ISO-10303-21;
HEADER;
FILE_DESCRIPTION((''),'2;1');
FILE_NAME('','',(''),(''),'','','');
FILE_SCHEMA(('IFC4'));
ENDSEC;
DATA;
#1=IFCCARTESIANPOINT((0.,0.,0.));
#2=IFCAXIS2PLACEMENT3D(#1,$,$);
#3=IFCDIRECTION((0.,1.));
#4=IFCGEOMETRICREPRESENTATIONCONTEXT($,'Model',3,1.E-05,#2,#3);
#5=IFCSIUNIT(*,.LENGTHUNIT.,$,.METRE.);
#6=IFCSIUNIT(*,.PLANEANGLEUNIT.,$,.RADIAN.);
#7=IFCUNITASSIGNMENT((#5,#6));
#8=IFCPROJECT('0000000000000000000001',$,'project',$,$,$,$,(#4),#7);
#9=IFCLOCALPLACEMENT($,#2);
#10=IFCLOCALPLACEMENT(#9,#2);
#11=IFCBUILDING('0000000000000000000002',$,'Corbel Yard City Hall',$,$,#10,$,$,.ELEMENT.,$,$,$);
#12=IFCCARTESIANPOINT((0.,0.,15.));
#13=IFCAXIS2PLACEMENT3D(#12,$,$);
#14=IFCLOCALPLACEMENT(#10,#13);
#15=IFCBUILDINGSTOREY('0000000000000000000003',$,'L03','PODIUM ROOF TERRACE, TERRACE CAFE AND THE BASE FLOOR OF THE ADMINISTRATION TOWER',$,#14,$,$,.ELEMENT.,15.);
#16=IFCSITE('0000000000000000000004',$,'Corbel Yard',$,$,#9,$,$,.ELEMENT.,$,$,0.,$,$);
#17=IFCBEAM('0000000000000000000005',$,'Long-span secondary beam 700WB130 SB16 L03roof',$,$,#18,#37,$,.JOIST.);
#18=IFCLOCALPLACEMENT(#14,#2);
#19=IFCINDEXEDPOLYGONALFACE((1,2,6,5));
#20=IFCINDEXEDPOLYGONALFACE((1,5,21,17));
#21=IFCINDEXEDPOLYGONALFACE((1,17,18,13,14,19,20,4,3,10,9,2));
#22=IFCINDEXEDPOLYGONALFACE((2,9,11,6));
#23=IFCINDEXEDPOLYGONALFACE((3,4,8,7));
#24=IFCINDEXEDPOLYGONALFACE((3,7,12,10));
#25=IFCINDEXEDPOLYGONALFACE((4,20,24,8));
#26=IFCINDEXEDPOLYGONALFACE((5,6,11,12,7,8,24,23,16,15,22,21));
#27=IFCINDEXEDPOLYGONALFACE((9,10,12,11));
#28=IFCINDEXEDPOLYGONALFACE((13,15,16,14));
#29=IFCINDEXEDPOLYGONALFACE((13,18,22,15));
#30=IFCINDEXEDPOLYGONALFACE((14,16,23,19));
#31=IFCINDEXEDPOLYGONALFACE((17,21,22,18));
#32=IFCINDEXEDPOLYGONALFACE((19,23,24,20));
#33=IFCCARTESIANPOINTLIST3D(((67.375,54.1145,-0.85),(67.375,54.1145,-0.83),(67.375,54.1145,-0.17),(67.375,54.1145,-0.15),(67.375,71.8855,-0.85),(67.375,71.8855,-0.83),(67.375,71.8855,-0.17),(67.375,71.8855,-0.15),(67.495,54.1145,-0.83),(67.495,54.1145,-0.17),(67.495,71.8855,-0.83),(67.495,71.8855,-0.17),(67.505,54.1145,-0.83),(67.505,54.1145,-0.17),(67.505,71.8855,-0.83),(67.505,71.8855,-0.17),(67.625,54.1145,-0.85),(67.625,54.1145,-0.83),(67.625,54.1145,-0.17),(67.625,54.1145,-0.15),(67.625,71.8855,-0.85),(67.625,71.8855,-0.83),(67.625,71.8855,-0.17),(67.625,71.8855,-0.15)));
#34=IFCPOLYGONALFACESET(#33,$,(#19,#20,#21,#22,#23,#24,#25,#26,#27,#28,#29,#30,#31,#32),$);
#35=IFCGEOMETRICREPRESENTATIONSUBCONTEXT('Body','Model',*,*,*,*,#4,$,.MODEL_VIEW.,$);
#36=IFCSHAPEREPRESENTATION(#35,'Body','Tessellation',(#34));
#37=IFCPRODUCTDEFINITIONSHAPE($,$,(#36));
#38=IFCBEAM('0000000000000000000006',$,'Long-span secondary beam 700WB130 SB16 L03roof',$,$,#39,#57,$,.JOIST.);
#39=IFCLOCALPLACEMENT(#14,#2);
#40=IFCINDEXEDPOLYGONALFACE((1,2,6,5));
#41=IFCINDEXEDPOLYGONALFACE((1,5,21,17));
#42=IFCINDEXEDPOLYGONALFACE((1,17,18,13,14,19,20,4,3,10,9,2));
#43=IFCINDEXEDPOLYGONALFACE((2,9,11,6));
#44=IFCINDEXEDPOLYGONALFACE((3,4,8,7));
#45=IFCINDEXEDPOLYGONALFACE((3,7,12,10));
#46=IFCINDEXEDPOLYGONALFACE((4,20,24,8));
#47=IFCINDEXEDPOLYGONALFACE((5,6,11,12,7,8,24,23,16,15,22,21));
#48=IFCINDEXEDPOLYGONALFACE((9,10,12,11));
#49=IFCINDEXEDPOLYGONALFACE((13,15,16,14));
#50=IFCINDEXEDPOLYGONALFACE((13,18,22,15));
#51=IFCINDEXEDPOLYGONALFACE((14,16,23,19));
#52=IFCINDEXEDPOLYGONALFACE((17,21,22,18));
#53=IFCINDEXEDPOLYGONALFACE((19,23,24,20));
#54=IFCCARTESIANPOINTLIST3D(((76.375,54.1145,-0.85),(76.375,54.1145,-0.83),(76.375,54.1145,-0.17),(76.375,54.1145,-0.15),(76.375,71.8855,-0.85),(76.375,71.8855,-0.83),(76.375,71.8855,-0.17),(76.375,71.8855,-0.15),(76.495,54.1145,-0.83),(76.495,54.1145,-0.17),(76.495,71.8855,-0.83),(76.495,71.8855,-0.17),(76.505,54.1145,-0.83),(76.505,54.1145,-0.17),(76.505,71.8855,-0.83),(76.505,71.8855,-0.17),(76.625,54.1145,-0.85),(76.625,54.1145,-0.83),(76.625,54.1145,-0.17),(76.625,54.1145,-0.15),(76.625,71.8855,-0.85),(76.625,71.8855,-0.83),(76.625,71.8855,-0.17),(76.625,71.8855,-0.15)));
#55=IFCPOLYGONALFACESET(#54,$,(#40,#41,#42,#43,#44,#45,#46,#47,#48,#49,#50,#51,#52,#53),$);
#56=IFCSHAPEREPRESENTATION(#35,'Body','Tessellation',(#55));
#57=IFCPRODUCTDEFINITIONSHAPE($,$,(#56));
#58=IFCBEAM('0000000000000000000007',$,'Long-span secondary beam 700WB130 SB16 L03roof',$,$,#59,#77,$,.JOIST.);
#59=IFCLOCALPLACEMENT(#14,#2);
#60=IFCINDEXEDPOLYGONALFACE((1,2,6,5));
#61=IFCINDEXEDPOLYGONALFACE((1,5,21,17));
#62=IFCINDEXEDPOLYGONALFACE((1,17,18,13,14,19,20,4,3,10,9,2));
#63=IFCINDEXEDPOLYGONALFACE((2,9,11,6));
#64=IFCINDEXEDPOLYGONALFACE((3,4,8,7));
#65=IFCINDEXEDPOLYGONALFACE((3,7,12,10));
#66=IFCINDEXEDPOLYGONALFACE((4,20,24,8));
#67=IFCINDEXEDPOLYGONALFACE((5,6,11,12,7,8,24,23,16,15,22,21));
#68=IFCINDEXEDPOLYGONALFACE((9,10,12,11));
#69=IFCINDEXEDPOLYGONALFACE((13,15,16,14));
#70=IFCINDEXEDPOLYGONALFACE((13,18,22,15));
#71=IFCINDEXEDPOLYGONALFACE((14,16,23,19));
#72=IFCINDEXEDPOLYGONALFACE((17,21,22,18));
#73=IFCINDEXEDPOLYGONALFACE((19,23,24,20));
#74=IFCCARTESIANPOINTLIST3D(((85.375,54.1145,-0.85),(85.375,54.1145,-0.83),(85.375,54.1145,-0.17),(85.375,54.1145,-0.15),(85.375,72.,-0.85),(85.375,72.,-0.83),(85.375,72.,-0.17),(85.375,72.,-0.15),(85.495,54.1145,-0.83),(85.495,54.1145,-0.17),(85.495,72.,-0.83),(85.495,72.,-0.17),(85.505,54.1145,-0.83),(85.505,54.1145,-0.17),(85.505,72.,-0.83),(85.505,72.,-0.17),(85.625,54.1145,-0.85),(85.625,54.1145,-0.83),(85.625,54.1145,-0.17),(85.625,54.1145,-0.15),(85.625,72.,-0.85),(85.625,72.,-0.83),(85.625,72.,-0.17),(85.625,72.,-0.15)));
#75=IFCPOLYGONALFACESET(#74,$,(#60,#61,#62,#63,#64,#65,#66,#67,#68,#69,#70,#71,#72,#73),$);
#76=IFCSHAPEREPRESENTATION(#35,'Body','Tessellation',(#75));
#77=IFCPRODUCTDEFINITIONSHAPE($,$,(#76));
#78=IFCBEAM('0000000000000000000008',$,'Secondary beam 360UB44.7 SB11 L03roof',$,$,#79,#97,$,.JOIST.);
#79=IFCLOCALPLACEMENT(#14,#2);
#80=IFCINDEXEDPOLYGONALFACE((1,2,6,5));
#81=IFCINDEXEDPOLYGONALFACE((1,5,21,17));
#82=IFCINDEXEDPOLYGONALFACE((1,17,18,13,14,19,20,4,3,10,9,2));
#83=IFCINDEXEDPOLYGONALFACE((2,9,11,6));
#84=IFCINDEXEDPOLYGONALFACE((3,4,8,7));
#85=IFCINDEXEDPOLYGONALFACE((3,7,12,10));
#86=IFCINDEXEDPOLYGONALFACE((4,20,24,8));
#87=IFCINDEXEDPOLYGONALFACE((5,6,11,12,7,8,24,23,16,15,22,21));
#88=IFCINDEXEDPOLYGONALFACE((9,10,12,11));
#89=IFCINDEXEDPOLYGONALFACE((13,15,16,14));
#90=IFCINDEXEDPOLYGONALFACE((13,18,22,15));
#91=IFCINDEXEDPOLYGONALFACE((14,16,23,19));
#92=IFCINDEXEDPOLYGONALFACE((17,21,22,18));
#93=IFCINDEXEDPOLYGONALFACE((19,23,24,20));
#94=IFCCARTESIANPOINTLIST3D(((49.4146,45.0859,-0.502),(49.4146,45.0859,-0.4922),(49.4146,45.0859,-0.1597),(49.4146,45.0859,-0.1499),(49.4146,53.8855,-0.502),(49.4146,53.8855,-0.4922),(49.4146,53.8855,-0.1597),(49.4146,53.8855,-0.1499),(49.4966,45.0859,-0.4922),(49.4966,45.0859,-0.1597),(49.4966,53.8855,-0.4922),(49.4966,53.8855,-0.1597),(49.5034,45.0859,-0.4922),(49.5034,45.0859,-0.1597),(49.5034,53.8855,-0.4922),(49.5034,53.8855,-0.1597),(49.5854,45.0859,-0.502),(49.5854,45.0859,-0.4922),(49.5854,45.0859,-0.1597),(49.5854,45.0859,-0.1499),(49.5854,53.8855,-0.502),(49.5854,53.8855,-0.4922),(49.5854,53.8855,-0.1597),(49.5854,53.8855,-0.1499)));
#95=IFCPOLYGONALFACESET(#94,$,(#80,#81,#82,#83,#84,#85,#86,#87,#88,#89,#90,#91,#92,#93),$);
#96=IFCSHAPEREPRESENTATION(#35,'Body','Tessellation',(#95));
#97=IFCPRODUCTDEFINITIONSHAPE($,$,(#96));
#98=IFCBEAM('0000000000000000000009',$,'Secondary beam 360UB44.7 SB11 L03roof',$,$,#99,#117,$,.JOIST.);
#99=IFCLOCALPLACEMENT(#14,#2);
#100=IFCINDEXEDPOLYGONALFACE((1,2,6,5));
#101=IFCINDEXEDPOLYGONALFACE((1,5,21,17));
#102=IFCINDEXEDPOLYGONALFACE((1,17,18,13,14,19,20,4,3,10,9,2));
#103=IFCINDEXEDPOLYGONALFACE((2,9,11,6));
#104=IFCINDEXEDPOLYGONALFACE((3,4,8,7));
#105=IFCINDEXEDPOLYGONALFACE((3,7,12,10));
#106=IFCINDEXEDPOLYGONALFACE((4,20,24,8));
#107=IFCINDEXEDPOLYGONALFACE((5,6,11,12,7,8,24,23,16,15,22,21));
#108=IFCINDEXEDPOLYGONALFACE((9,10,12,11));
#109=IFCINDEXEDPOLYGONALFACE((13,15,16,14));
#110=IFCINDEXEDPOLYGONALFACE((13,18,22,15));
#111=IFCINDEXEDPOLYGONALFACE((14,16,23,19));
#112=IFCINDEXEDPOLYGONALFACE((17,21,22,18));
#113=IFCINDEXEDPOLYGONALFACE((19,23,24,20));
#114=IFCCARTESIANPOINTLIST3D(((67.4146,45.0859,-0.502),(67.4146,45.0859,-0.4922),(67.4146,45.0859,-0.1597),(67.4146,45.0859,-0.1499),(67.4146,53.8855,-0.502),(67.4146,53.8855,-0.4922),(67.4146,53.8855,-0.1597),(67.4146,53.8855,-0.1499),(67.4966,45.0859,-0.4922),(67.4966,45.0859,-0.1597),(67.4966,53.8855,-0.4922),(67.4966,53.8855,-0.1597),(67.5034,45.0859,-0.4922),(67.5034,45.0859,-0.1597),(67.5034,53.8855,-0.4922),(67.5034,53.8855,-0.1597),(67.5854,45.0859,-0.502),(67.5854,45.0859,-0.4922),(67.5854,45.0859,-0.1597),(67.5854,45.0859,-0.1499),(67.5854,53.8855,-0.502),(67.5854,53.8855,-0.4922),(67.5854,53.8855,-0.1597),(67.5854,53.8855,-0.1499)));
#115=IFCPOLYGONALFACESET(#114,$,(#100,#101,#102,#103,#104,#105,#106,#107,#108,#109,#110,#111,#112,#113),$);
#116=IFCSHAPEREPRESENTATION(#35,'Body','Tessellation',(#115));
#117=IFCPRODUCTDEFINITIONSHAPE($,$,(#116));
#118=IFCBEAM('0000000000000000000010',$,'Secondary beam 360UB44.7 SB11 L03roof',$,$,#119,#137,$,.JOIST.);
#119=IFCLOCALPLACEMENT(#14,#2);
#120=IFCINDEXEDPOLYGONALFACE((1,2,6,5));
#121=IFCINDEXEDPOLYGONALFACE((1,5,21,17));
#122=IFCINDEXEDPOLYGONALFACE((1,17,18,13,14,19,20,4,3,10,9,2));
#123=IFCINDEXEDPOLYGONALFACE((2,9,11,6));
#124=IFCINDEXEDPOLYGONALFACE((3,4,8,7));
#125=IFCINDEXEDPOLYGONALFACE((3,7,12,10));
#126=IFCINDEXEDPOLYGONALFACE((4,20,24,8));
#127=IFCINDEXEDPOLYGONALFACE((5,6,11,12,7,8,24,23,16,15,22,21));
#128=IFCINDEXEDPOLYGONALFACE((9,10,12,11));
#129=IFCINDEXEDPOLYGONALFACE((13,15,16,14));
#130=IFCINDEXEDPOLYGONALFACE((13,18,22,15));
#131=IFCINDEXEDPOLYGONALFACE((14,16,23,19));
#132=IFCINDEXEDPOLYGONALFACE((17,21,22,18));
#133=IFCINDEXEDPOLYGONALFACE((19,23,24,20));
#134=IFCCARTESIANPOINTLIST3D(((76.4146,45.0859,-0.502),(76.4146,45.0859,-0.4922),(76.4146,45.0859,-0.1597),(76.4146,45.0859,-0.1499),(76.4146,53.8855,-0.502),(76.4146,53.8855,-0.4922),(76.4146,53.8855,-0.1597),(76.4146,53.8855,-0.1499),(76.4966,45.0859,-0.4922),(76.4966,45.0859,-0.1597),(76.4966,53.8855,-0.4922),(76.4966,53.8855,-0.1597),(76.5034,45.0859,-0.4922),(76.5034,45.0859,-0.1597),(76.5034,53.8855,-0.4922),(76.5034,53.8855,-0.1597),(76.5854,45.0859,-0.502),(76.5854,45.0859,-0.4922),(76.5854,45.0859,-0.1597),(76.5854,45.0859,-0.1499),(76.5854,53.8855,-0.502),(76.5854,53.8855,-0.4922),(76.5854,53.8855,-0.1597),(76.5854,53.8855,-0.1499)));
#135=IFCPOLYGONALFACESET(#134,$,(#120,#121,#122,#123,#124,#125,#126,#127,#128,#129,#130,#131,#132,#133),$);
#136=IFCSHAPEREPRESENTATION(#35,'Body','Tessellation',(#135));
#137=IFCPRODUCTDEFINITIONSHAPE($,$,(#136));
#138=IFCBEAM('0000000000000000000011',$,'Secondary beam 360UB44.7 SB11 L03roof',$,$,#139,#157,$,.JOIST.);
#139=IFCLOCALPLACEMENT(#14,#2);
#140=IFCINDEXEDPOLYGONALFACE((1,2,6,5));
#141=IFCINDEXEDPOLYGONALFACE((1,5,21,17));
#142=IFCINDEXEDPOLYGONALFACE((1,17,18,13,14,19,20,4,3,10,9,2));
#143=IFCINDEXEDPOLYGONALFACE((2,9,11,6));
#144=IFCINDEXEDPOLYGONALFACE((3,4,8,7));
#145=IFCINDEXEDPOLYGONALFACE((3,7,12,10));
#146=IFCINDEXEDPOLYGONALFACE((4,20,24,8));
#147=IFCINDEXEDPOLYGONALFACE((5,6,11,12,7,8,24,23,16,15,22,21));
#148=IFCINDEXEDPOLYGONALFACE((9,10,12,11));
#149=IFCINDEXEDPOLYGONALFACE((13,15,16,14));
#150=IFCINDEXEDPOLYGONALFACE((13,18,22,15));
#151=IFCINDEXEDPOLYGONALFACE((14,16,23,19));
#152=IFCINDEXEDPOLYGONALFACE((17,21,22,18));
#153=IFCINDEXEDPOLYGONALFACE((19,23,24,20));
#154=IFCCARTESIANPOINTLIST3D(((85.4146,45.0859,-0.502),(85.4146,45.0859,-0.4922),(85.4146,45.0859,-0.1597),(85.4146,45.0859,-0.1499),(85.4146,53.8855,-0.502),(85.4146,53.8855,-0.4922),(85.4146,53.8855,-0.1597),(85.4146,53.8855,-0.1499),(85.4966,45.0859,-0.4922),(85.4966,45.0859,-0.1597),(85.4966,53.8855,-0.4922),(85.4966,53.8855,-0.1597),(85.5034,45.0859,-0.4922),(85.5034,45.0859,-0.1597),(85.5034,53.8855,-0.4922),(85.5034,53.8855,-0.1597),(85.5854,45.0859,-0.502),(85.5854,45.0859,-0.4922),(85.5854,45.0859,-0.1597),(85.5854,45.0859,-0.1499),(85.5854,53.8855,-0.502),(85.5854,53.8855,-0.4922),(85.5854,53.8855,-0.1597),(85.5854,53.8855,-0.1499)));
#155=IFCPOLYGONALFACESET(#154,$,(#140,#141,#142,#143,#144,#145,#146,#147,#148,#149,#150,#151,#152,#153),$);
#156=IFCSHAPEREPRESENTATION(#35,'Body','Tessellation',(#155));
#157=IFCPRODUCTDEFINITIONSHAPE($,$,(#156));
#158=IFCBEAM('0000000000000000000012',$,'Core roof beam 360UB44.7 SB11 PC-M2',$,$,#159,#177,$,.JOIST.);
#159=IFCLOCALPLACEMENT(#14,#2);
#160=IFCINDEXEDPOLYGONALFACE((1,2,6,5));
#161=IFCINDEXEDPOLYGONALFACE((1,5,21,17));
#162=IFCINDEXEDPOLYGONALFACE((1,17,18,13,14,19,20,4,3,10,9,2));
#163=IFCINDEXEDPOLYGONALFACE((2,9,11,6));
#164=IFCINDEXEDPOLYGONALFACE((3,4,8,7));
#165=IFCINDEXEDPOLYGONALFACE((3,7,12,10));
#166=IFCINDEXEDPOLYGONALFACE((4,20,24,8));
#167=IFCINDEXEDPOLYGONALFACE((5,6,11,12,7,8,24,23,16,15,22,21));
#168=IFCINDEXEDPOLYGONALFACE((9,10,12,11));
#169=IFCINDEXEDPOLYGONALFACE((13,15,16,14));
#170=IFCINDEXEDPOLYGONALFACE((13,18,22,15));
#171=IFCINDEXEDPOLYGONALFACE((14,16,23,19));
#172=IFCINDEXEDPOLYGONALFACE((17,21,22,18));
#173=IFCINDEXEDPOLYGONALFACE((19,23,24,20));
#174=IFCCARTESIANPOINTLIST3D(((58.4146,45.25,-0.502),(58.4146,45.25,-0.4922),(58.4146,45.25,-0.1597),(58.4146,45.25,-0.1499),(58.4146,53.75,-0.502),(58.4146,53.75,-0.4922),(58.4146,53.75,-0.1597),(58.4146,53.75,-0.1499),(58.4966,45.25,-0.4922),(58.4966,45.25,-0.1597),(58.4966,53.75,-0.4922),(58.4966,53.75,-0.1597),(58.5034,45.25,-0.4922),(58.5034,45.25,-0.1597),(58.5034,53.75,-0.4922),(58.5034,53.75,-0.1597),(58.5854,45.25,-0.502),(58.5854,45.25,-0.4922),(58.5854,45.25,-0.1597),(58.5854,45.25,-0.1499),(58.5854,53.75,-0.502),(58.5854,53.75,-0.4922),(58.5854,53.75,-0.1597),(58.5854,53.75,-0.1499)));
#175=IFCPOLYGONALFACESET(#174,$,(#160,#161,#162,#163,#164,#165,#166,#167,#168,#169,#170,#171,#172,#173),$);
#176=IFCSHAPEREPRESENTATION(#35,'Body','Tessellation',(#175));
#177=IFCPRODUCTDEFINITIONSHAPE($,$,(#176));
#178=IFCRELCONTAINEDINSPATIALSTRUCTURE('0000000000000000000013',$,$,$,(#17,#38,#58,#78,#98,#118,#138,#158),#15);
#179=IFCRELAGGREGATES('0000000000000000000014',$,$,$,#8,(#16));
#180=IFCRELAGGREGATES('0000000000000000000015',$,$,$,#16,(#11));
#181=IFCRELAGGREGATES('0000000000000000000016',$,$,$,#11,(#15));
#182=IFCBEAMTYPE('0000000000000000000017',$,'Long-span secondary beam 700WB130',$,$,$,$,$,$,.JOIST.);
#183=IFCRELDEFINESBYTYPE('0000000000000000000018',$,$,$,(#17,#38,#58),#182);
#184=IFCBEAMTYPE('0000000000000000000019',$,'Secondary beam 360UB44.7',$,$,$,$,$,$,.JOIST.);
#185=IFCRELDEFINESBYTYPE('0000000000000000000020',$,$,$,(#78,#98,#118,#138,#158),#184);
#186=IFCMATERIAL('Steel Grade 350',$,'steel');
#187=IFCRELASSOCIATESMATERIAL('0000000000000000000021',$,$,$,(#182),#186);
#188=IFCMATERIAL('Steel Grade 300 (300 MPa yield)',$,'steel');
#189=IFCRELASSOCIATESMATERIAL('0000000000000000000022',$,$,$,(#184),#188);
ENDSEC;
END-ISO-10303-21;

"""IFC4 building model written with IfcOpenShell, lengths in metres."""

from ifc_helpers import new_model, si_unit, direction, frame, origin, origin_2d, place, context, subcontext, project, spatial, i_section, extrude, material, material_profile, profile_set, type_object, element, save


model = new_model("IFC4")

# Units and contexts
model_context = context("Model", 3, precision=1e-05, world=origin(), true_north=direction((0.0, 1.0)))
body_context = subcontext(model_context, "Body", "Model", "MODEL_VIEW")
ifc_project = project(units=[si_unit("LENGTHUNIT", "METRE"), si_unit("PLANEANGLEUNIT", "RADIAN")], contexts=[model_context])

# Site, building, storey
site_placement = place(None, origin())
site = spatial("IfcSite", under=ifc_project, at=site_placement, Name="Corbel Yard", CompositionType="ELEMENT", RefElevation=0.0)
building_placement = place(site_placement, origin())
building = spatial("IfcBuilding", under=site, at=building_placement, Name="Corbel Yard City Hall", CompositionType="ELEMENT")
storey_placement = place(building_placement, frame((0.0, 0.0, 15.0)))
storey = spatial("IfcBuildingStorey", under=building, at=storey_placement, Name="L03", Description="PODIUM ROOF TERRACE, TERRACE CAFE AND THE BASE FLOOR OF THE ADMINISTRATION TOWER", CompositionType="ELEMENT", Elevation=15.0)

# Beams
ifc_material_1 = material(Name="Steel Grade 300 (300 MPa yield)", Category="steel")
ifc_material_2 = material(Name="Steel Grade 350", Category="steel")
ifc_material_profile_1 = material_profile(ifc_material_2, i_section(OverallWidth=0.25, OverallDepth=0.7, WebThickness=0.01, FlangeThickness=0.02, at=origin_2d()), Name="700WB130")
ifc_profile_set_1 = profile_set([ifc_material_profile_1], Name="Steel Grade 350")
beam_type_1 = type_object("IfcBeamType", Name="Long-span secondary beam 700WB130", PredefinedType="JOIST", material=ifc_profile_set_1)
for number, where, z_axis, x_axis, name in (
    (1, (67.5, 54.1145, -0.5), (0.0, 1.0, 0.0), (-1.0, 0.0, 0.0), "Long-span secondary beam 700WB130 SB16 L03roof"),
    (2, (76.5, 54.1145, -0.5), (0.0, 1.0, 0.0), (-1.0, 0.0, 0.0), "Long-span secondary beam 700WB130 SB16 L03roof"),
):
    element("IfcBeam", number, at=place(storey_placement, frame(where, z_axis=z_axis, x_axis=x_axis)), inside=storey, type_object=beam_type_1, Name=name, PredefinedType="JOIST", context=body_context, shape_type="SweptSolid", body=[
        extrude(i_section(OverallWidth=0.25, OverallDepth=0.7, WebThickness=0.01, FlangeThickness=0.02, at=origin_2d()), origin(), (0.0, 0.0, 1.0), 17.771),
    ])
beam_1_placement = place(storey_placement, frame((85.5, 54.1145, -0.5), z_axis=(0.0, 1.0, 0.0), x_axis=(-1.0, 0.0, 0.0)))
element("IfcBeam", 3, at=beam_1_placement, inside=storey, type_object=beam_type_1, Name="Long-span secondary beam 700WB130 SB16 L03roof", PredefinedType="JOIST", context=body_context, shape_type="SweptSolid", body=[
    extrude(i_section(OverallWidth=0.25, OverallDepth=0.7, WebThickness=0.01, FlangeThickness=0.02, at=origin_2d()), origin(), (0.0, 0.0, 1.0), 17.8855),
])
ifc_material_profile_2 = material_profile(ifc_material_1, i_section(OverallWidth=0.1709, OverallDepth=0.3521, WebThickness=0.0068, FlangeThickness=0.0098, at=origin_2d()), Name="360UB44.7")
ifc_profile_set_2 = profile_set([ifc_material_profile_2], Name="Steel Grade 300 (300 MPa yield)")
beam_type_2 = type_object("IfcBeamType", Name="Secondary beam 360UB44.7", PredefinedType="JOIST", material=ifc_profile_set_2)
for number, where, z_axis, x_axis, name in (
    (4, (49.5, 45.0859, -0.3259), (0.0, 1.0, 0.0), (-1.0, 0.0, 0.0), "Secondary beam 360UB44.7 SB11 L03roof"),
    (5, (67.5, 45.0859, -0.3259), (0.0, 1.0, 0.0), (-1.0, 0.0, 0.0), "Secondary beam 360UB44.7 SB11 L03roof"),
    (6, (76.5, 45.0859, -0.3259), (0.0, 1.0, 0.0), (-1.0, 0.0, 0.0), "Secondary beam 360UB44.7 SB11 L03roof"),
    (7, (85.5, 45.0859, -0.3259), (0.0, 1.0, 0.0), (-1.0, 0.0, 0.0), "Secondary beam 360UB44.7 SB11 L03roof"),
):
    element("IfcBeam", number, at=place(storey_placement, frame(where, z_axis=z_axis, x_axis=x_axis)), inside=storey, type_object=beam_type_2, Name=name, PredefinedType="JOIST", context=body_context, shape_type="SweptSolid", body=[
        extrude(i_section(OverallWidth=0.1709, OverallDepth=0.3521, WebThickness=0.0068, FlangeThickness=0.0098, at=origin_2d()), origin(), (0.0, 0.0, 1.0), 8.7996),
    ])
beam_2_placement = place(storey_placement, frame((58.5, 45.25, -0.3259), z_axis=(0.0, 1.0, 0.0), x_axis=(-1.0, 0.0, 0.0)))
element("IfcBeam", 8, at=beam_2_placement, inside=storey, type_object=beam_type_2, Name="Core roof beam 360UB44.7 SB11 PC-M2", PredefinedType="JOIST", context=body_context, shape_type="SweptSolid", body=[
    extrude(i_section(OverallWidth=0.1709, OverallDepth=0.3521, WebThickness=0.0068, FlangeThickness=0.0098, at=origin_2d()), origin(), (0.0, 0.0, 1.0), 8.5),
])

save(model, "model.ifc")
